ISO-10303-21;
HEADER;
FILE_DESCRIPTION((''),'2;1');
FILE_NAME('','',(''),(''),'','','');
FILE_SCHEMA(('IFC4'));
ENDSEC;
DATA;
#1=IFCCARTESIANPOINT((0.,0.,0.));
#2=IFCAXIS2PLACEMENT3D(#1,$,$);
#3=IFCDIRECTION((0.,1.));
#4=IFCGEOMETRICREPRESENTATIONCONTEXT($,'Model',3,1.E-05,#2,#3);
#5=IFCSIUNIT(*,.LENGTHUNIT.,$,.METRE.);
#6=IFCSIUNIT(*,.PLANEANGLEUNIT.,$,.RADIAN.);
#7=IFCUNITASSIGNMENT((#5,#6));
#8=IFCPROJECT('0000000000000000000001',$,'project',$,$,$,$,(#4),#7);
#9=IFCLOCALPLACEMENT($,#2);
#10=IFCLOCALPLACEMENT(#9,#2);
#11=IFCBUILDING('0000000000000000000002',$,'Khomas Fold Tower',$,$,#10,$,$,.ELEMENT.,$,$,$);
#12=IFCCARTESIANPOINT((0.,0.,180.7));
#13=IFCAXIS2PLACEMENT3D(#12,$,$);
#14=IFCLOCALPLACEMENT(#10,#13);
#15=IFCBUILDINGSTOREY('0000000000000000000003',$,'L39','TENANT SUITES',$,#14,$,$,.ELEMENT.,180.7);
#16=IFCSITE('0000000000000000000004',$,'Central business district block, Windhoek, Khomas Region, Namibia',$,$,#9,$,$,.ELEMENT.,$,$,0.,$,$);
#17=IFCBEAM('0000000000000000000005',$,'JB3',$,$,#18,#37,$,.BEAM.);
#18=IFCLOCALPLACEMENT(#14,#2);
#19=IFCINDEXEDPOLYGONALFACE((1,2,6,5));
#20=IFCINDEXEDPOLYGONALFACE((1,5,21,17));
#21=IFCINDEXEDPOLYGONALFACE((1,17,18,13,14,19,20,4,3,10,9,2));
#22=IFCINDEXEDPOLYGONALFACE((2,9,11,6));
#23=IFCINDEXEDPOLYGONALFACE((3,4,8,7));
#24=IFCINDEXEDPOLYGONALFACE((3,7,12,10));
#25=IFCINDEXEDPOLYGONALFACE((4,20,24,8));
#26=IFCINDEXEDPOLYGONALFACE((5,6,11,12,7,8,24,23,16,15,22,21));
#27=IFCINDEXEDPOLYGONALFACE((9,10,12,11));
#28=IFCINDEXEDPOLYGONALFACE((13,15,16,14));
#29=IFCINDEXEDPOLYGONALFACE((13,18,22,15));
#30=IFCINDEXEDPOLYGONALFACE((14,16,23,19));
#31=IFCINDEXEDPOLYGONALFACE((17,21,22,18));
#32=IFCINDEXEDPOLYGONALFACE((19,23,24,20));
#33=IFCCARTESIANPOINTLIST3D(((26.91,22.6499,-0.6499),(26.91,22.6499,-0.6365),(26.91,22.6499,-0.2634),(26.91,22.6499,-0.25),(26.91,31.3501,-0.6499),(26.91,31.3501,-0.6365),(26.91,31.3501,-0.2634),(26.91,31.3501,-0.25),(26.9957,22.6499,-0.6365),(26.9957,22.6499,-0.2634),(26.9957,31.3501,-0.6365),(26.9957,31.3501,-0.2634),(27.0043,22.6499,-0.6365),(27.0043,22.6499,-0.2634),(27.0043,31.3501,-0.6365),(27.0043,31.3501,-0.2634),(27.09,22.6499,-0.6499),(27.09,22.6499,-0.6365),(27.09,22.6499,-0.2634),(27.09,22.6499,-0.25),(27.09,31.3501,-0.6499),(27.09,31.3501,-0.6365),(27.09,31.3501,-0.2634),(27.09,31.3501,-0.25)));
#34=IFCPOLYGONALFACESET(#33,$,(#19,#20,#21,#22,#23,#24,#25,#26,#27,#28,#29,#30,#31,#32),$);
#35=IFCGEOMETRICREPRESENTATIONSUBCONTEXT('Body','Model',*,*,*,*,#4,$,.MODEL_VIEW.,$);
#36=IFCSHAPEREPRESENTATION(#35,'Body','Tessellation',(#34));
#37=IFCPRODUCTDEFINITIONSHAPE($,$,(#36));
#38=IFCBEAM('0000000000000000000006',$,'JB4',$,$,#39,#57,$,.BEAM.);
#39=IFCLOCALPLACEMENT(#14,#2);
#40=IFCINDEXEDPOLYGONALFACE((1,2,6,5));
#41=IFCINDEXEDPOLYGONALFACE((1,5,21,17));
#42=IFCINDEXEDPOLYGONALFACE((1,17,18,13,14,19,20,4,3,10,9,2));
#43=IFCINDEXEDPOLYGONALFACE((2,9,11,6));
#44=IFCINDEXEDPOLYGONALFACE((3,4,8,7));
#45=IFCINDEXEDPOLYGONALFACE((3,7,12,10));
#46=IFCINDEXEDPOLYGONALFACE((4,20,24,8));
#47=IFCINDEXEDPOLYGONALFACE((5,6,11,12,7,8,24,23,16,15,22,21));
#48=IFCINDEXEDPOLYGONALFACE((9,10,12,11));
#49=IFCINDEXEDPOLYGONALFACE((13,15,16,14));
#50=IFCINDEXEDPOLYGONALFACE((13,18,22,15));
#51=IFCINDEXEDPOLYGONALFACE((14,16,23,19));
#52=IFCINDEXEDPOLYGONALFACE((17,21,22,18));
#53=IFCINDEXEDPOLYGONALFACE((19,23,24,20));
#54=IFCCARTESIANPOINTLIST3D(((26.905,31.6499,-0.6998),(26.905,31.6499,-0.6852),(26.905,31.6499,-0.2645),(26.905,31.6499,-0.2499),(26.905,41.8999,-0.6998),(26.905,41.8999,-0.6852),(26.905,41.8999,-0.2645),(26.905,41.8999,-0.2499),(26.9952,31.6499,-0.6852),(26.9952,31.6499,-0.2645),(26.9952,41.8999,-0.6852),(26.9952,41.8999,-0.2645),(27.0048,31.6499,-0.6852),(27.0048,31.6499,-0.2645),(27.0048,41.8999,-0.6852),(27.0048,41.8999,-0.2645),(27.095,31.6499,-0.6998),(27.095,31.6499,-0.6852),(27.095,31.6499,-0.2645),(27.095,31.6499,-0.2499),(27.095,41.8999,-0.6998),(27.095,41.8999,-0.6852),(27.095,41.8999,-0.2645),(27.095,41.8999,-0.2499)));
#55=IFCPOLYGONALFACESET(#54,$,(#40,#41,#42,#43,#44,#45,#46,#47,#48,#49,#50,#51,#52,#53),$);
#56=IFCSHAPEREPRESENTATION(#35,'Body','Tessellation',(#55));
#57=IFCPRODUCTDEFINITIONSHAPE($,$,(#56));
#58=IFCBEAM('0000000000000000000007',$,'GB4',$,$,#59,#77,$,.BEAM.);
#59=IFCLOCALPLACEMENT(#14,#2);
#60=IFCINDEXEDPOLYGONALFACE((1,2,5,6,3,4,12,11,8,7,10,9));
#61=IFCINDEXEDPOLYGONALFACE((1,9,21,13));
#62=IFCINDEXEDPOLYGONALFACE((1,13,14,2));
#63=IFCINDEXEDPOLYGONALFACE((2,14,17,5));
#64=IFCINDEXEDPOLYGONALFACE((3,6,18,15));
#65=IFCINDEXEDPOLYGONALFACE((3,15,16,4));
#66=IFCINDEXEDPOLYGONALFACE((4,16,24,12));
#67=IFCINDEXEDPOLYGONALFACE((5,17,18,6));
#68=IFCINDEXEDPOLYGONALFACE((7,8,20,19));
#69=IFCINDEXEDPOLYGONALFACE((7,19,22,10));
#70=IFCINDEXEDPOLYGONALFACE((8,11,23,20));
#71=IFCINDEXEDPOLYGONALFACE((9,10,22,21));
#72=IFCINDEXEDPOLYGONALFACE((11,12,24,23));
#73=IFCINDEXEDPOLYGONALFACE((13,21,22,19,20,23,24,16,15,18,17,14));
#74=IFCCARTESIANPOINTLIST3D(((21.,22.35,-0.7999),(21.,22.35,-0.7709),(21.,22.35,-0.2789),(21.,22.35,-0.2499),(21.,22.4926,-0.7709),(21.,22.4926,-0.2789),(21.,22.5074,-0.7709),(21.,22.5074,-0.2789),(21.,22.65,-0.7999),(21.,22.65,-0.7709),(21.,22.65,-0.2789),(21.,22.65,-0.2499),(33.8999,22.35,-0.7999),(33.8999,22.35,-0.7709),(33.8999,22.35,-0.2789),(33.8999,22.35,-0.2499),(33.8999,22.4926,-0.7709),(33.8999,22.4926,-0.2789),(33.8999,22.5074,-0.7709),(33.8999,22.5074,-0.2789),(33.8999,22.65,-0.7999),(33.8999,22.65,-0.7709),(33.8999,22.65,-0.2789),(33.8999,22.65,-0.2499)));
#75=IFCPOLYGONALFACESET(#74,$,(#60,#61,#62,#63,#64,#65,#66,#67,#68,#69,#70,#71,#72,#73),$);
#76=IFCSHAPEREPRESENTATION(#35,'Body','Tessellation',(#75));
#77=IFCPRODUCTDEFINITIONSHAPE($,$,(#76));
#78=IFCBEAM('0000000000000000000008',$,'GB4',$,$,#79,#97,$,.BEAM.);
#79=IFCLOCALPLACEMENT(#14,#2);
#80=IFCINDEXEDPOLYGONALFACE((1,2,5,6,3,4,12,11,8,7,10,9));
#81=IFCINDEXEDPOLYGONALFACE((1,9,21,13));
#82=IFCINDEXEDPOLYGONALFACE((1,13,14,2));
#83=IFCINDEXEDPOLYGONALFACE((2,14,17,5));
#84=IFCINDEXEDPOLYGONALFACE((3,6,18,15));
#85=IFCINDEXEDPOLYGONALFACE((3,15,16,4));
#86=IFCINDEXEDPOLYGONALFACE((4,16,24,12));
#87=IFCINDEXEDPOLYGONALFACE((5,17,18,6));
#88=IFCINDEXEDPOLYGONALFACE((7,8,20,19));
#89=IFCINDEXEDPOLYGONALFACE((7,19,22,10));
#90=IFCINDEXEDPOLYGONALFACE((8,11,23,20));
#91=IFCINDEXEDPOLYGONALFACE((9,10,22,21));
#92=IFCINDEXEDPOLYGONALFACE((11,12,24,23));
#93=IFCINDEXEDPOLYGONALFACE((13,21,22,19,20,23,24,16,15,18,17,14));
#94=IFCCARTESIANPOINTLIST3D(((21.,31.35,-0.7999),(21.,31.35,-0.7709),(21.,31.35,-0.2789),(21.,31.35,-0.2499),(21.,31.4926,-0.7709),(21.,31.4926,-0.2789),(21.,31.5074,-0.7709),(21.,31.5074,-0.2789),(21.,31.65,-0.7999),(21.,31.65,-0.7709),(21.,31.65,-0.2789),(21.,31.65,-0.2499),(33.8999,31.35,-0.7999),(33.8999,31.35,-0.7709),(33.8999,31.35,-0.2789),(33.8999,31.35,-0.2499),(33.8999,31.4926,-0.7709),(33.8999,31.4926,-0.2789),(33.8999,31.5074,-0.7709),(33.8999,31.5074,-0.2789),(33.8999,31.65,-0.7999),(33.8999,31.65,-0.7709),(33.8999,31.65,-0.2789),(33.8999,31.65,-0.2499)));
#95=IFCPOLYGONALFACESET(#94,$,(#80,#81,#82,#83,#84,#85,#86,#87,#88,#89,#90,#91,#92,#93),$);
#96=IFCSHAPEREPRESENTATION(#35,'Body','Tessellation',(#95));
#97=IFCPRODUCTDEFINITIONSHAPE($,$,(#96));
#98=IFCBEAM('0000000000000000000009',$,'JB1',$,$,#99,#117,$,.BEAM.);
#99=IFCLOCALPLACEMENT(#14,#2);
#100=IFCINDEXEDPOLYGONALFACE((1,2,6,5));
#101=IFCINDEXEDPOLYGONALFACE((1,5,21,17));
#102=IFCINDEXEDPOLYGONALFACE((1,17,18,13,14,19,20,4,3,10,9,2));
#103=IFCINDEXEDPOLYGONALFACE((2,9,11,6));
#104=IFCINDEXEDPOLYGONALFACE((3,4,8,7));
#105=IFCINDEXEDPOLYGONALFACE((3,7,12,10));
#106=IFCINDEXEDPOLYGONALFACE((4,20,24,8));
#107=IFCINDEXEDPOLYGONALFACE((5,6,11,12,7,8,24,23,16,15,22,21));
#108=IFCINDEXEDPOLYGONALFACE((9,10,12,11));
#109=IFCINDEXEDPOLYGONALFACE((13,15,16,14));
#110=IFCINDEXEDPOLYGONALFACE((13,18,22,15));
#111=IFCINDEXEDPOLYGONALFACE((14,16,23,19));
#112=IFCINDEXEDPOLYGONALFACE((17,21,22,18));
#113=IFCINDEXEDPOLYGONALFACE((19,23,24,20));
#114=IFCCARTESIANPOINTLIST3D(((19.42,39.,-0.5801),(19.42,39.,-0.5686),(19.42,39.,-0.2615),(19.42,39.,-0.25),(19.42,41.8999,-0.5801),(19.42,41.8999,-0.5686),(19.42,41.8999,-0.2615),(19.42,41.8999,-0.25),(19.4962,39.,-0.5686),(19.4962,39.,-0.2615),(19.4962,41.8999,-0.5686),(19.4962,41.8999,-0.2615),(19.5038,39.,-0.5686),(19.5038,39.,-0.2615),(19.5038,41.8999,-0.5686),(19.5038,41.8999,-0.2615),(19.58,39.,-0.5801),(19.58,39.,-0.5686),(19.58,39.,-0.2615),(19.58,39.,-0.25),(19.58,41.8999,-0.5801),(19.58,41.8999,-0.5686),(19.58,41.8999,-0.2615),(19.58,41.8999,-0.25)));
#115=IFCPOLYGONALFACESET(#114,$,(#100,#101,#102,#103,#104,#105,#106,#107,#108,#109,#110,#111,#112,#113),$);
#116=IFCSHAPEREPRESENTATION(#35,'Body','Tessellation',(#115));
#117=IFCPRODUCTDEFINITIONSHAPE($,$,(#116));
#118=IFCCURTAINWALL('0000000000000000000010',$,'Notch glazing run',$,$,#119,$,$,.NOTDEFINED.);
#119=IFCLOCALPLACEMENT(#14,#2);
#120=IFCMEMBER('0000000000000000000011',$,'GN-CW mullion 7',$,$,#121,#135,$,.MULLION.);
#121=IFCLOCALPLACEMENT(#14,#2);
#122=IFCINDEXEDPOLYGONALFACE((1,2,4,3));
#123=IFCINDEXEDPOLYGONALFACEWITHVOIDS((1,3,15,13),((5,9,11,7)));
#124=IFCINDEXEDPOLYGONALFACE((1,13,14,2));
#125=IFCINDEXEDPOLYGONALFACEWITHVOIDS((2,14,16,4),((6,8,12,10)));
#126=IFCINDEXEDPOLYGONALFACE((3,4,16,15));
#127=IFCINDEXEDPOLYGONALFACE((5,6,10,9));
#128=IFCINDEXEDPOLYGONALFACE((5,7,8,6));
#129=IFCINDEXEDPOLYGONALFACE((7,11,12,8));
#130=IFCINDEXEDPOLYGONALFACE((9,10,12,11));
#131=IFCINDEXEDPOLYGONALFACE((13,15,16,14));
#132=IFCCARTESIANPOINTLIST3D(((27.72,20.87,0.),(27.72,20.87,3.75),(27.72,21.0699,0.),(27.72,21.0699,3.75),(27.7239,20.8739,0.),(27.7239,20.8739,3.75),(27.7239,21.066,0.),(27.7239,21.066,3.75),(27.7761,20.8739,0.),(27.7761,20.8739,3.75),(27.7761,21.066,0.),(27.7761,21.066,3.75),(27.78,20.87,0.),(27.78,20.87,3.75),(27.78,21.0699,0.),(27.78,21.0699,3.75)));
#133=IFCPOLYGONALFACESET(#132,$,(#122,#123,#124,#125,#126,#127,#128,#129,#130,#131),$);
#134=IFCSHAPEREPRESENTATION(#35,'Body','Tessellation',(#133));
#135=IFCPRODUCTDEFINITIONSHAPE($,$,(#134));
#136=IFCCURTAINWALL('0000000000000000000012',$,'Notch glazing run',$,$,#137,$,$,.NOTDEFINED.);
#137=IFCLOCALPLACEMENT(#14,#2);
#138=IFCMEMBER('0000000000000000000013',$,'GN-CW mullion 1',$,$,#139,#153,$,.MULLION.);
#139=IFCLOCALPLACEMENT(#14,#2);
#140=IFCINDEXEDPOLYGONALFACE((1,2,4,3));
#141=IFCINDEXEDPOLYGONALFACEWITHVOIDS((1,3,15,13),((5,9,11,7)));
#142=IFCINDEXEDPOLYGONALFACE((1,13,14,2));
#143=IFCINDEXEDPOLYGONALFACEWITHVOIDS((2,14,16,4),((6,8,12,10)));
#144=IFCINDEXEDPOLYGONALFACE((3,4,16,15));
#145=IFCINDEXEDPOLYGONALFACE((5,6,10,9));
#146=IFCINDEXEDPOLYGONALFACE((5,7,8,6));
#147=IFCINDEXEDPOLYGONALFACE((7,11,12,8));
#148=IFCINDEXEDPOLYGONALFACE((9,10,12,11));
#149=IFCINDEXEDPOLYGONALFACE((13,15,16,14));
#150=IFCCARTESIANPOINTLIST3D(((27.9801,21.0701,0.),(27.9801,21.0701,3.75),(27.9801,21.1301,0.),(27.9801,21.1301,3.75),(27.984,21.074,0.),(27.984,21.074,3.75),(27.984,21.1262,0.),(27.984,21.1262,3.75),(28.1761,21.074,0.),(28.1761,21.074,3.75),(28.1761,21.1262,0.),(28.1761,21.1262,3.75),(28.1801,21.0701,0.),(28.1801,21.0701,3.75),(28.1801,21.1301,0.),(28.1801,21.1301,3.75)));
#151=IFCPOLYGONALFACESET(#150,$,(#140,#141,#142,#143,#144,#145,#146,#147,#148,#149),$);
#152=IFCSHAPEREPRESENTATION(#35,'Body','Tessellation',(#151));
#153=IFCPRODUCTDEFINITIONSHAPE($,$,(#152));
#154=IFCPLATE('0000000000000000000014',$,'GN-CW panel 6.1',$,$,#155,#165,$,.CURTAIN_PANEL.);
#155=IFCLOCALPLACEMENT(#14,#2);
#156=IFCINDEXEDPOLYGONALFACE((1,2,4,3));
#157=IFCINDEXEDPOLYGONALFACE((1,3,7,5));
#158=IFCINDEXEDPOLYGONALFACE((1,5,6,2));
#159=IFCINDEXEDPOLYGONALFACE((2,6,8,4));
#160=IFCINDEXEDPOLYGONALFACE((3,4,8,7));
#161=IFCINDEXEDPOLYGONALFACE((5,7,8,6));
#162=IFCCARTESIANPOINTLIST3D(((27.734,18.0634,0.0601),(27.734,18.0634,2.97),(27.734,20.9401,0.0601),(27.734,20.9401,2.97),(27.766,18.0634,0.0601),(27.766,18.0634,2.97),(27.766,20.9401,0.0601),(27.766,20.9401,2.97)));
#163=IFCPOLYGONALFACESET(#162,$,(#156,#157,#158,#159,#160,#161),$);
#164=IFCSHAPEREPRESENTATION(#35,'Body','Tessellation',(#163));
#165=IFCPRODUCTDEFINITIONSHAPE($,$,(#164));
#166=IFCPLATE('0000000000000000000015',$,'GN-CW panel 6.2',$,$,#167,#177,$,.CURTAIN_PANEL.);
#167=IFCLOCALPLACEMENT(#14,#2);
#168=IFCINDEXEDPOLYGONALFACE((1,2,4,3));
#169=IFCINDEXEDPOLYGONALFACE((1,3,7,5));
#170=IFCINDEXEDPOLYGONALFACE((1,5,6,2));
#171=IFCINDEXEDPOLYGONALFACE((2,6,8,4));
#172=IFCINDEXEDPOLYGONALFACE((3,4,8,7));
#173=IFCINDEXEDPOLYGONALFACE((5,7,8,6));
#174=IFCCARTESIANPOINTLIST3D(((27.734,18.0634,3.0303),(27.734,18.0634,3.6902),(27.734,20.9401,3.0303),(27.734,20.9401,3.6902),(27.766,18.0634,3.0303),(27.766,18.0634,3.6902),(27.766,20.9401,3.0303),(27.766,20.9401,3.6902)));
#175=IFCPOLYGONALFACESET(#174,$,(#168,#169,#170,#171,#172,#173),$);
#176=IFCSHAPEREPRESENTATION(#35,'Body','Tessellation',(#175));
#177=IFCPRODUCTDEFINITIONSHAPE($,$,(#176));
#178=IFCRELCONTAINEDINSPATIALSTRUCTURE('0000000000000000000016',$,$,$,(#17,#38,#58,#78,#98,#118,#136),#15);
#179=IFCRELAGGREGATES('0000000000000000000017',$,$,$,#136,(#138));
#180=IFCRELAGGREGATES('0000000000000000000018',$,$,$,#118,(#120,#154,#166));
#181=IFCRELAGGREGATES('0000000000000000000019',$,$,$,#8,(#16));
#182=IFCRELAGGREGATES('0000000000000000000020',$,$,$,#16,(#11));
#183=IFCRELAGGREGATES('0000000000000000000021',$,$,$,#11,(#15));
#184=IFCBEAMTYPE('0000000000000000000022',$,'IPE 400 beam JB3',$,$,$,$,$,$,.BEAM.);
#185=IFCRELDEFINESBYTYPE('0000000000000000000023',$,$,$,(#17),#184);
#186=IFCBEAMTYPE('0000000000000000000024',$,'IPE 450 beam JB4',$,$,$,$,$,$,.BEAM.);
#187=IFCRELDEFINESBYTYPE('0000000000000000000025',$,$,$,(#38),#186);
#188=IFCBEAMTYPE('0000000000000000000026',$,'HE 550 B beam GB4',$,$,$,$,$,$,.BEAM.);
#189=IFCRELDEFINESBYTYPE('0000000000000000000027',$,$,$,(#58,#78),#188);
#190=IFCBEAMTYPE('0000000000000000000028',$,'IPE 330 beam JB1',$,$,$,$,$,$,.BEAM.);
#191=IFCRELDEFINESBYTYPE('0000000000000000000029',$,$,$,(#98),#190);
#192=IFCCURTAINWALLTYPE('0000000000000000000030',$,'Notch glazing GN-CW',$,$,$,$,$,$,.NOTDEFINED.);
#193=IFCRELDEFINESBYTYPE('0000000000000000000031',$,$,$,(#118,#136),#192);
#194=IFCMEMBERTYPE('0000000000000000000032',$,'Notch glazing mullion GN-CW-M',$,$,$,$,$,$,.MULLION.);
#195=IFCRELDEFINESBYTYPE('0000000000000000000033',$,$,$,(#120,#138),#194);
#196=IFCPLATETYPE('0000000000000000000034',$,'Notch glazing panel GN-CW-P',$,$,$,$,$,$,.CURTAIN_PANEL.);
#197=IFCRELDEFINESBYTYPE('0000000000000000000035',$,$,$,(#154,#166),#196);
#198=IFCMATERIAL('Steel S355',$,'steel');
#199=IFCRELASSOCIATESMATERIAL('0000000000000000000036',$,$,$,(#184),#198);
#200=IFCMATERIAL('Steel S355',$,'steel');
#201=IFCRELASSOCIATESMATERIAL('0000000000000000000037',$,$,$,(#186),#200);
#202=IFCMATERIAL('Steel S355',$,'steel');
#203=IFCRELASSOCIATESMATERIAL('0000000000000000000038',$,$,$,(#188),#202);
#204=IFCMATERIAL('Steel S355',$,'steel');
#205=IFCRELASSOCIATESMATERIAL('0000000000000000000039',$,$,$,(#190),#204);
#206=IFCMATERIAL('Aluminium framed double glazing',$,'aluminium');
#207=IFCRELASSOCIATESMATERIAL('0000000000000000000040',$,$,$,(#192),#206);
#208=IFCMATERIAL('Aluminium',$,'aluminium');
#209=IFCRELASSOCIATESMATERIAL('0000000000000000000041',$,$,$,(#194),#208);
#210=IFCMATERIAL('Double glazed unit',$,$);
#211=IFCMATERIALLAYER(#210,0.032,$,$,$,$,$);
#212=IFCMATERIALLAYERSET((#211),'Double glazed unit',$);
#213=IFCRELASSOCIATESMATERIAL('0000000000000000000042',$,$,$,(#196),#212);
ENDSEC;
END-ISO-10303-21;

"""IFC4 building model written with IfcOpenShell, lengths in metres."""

from ifc_helpers import new_model, si_unit, direction, frame, origin, origin_2d, place, context, subcontext, project, spatial, rectangle, hollow_rectangle, i_section, extrude, source, transform, mapped, material, layer, layer_set, material_profile, profile_set, type_object, element, aggregate, save


model = new_model("IFC4")

# Units and contexts
model_context = context("Model", 3, precision=1e-05, world=origin(), true_north=direction((0.0, 1.0)))
body_context = subcontext(model_context, "Body", "Model", "MODEL_VIEW")
ifc_project = project(units=[si_unit("LENGTHUNIT", "METRE"), si_unit("PLANEANGLEUNIT", "RADIAN")], contexts=[model_context])

# Site, building, storey
site_placement = place(None, origin())
site = spatial("IfcSite", under=ifc_project, at=site_placement, Name="Central business district block, Windhoek, Khomas Region, Namibia", CompositionType="ELEMENT", RefElevation=0.0)
building_placement = place(site_placement, origin())
building = spatial("IfcBuilding", under=site, at=building_placement, Name="Khomas Fold Tower", CompositionType="ELEMENT")
storey_placement = place(building_placement, frame((0.0, 0.0, 180.7)))
storey = spatial("IfcBuildingStorey", under=building, at=storey_placement, Name="L39", Description="TENANT SUITES", CompositionType="ELEMENT", Elevation=180.7)

# Beams
ifc_material_1 = material(Name="Steel S355", Category="steel")
ifc_material_profile_1 = material_profile(ifc_material_1, i_section(OverallWidth=0.1799, OverallDepth=0.3999, WebThickness=0.0085, FlangeThickness=0.0134, at=origin_2d()), Name="IPE 400")
ifc_profile_set_1 = profile_set([ifc_material_profile_1], Name="Steel S355")
beam_type_1 = type_object("IfcBeamType", Name="IPE 400 beam JB3", PredefinedType="BEAM", material=ifc_profile_set_1)
shared_shape_1 = source(origin(), body_context, "Body", "SweptSolid", [
    extrude(i_section(OverallWidth=0.1799, OverallDepth=0.3999, WebThickness=0.0085, FlangeThickness=0.0134, at=origin_2d()), origin(), (0.0, 0.0, 1.0), 8.7002),
])
beam_1_placement = place(storey_placement, frame((27.0, 22.6499, -0.45), z_axis=(0.0, 1.0, 0.0), x_axis=(-1.0, 0.0, 0.0)))
element("IfcBeam", 1, at=beam_1_placement, inside=storey, type_object=beam_type_1, Name="JB3", PredefinedType="BEAM", context=body_context, shape_type="MappedRepresentation", body=[
    mapped(shared_shape_1, transform((0.0, 0.0, 0.0))),
])
ifc_material_2 = material(Name="Steel S355", Category="steel")
ifc_material_profile_2 = material_profile(ifc_material_2, i_section(OverallWidth=0.1899, OverallDepth=0.45, WebThickness=0.0095, FlangeThickness=0.0146, at=origin_2d()), Name="IPE 450")
ifc_profile_set_2 = profile_set([ifc_material_profile_2], Name="Steel S355")
beam_type_2 = type_object("IfcBeamType", Name="IPE 450 beam JB4", PredefinedType="BEAM", material=ifc_profile_set_2)
shared_shape_2 = source(origin(), body_context, "Body", "SweptSolid", [
    extrude(i_section(OverallWidth=0.1899, OverallDepth=0.45, WebThickness=0.0095, FlangeThickness=0.0146, at=origin_2d()), origin(), (0.0, 0.0, 1.0), 10.25),
])
beam_2_placement = place(storey_placement, frame((27.0, 31.6499, -0.4749), z_axis=(0.0, 1.0, 0.0), x_axis=(-1.0, 0.0, 0.0)))
element("IfcBeam", 2, at=beam_2_placement, inside=storey, type_object=beam_type_2, Name="JB4", PredefinedType="BEAM", context=body_context, shape_type="MappedRepresentation", body=[
    mapped(shared_shape_2, transform((0.0, 0.0, 0.0))),
])
ifc_material_3 = material(Name="Steel S355", Category="steel")
ifc_material_profile_3 = material_profile(ifc_material_3, i_section(OverallWidth=0.3, OverallDepth=0.55, WebThickness=0.0149, FlangeThickness=0.0291, at=origin_2d()), Name="HE 550 B")
ifc_profile_set_3 = profile_set([ifc_material_profile_3], Name="Steel S355")
beam_type_3 = type_object("IfcBeamType", Name="HE 550 B beam GB4", PredefinedType="BEAM", material=ifc_profile_set_3)
shared_shape_3 = source(origin(), body_context, "Body", "SweptSolid", [
    extrude(i_section(OverallWidth=0.3, OverallDepth=0.55, WebThickness=0.0149, FlangeThickness=0.0291, at=origin_2d()), origin(), (0.0, 0.0, 1.0), 12.8999),
])
for number, where, z_axis, x_axis, name in (
    (3, (21.0, 22.5, -0.5249), (1.0, 0.0, 0.0), (0.0, 1.0, 0.0), "GB4"),
    (4, (21.0, 31.5, -0.5249), (1.0, 0.0, 0.0), (0.0, 1.0, 0.0), "GB4"),
):
    element("IfcBeam", number, at=place(storey_placement, frame(where, z_axis=z_axis, x_axis=x_axis)), inside=storey, type_object=beam_type_3, Name=name, PredefinedType="BEAM", context=body_context, shape_type="MappedRepresentation", body=[
        mapped(shared_shape_3, transform((0.0, 0.0, 0.0))),
    ])
ifc_material_4 = material(Name="Steel S355", Category="steel")
ifc_material_profile_4 = material_profile(ifc_material_4, i_section(OverallWidth=0.1599, OverallDepth=0.3301, WebThickness=0.0076, FlangeThickness=0.0115, at=origin_2d()), Name="IPE 330")
ifc_profile_set_4 = profile_set([ifc_material_profile_4], Name="Steel S355")
beam_type_4 = type_object("IfcBeamType", Name="IPE 330 beam JB1", PredefinedType="BEAM", material=ifc_profile_set_4)
shared_shape_4 = source(origin(), body_context, "Body", "SweptSolid", [
    extrude(i_section(OverallWidth=0.1599, OverallDepth=0.3301, WebThickness=0.0076, FlangeThickness=0.0115, at=origin_2d()), origin(), (0.0, 0.0, 1.0), 2.8999),
])
beam_3_placement = place(storey_placement, frame((19.5, 39.0, -0.415), z_axis=(0.0, 1.0, 0.0), x_axis=(-1.0, 0.0, 0.0)))
element("IfcBeam", 5, at=beam_3_placement, inside=storey, type_object=beam_type_4, Name="JB1", PredefinedType="BEAM", context=body_context, shape_type="MappedRepresentation", body=[
    mapped(shared_shape_4, transform((0.0, 0.0, 0.0))),
])

# Curtain walls, members
ifc_material_5 = material(Name="Aluminium framed double glazing", Category="aluminium")
curtain_wall_type = type_object("IfcCurtainWallType", Name="Notch glazing GN-CW", PredefinedType="NOTDEFINED", material=ifc_material_5)
curtain_wall_1_placement = place(storey_placement, origin())
curtain_wall_1 = element("IfcCurtainWall", 6, at=curtain_wall_1_placement, inside=storey, type_object=curtain_wall_type, Name="Notch glazing run", PredefinedType="NOTDEFINED")
ifc_material_6 = material(Name="Aluminium", Category="aluminium")
ifc_material_profile_5 = material_profile(ifc_material_6, hollow_rectangle(XDim=0.0601, YDim=0.2, WallThickness=0.0039, at=origin_2d()), Name="Notch glazing mullion GN-CW-M")
ifc_profile_set_5 = profile_set([ifc_material_profile_5], Name="Aluminium")
member_type = type_object("IfcMemberType", Name="Notch glazing mullion GN-CW-M", PredefinedType="MULLION", material=ifc_profile_set_5)
shared_shape_5 = source(origin(), body_context, "Body", "SweptSolid", [
    extrude(hollow_rectangle(XDim=0.0601, YDim=0.2, WallThickness=0.0039, at=origin_2d()), origin(), (0.0, 0.0, 1.0), 3.75),
])
member_1_placement = place(storey_placement, frame((27.75, 20.97, 0.0), z_axis=(0.0, 0.0, 1.0), x_axis=(-1.0, 0.0, 0.0)))
member_1 = element("IfcMember", 7, at=member_1_placement, type_object=member_type, Name="GN-CW mullion 7", PredefinedType="MULLION", context=body_context, shape_type="MappedRepresentation", body=[
    mapped(shared_shape_5, transform((0.0, 0.0, 0.0))),
])
curtain_wall_2_placement = place(storey_placement, origin())
curtain_wall_2 = element("IfcCurtainWall", 8, at=curtain_wall_2_placement, inside=storey, type_object=curtain_wall_type, Name="Notch glazing run", PredefinedType="NOTDEFINED")
member_2_placement = place(storey_placement, frame((28.0801, 21.1001, 0.0), z_axis=(0.0, 0.0, 1.0), x_axis=(0.0, 1.0, 0.0)))
member_2 = element("IfcMember", 9, at=member_2_placement, type_object=member_type, Name="GN-CW mullion 1", PredefinedType="MULLION", context=body_context, shape_type="MappedRepresentation", body=[
    mapped(shared_shape_5, transform((0.0, 0.0, 0.0))),
])
aggregate(curtain_wall_2, [member_2])

# Plates
ifc_material_7 = material(Name="Double glazed unit")
ifc_layer_1 = layer(ifc_material_7, 0.032)
ifc_layer_set_1 = layer_set([ifc_layer_1], Name="Double glazed unit")
plate_type = type_object("IfcPlateType", Name="Notch glazing panel GN-CW-P", PredefinedType="CURTAIN_PANEL", material=ifc_layer_set_1)
shared_shape_6 = source(origin(), body_context, "Body", "SweptSolid", [
    extrude(rectangle(XDim=2.8767, YDim=0.032, at=origin_2d()), origin(), (0.0, 0.0, 1.0), 2.9099),
])
plate_1_placement = place(storey_placement, frame((27.75, 19.5017, 0.0601), z_axis=(0.0, 0.0, 1.0), x_axis=(0.0, 1.0, 0.0)))
plate_1 = element("IfcPlate", 10, at=plate_1_placement, type_object=plate_type, Name="GN-CW panel 6.1", PredefinedType="CURTAIN_PANEL", context=body_context, shape_type="MappedRepresentation", body=[
    mapped(shared_shape_6, transform((0.0, 0.0, 0.0))),
])
shared_shape_7 = source(origin(), body_context, "Body", "SweptSolid", [
    extrude(rectangle(XDim=2.8767, YDim=0.032, at=origin_2d()), origin(), (0.0, 0.0, 1.0), 0.6599),
])
plate_2_placement = place(storey_placement, frame((27.75, 19.5017, 3.0303), z_axis=(0.0, 0.0, 1.0), x_axis=(0.0, 1.0, 0.0)))
plate_2 = element("IfcPlate", 11, at=plate_2_placement, type_object=plate_type, Name="GN-CW panel 6.2", PredefinedType="CURTAIN_PANEL", context=body_context, shape_type="MappedRepresentation", body=[
    mapped(shared_shape_7, transform((0.0, 0.0, 0.0))),
])
aggregate(curtain_wall_1, [member_1, plate_1, plate_2])

save(model, "model.ifc")
